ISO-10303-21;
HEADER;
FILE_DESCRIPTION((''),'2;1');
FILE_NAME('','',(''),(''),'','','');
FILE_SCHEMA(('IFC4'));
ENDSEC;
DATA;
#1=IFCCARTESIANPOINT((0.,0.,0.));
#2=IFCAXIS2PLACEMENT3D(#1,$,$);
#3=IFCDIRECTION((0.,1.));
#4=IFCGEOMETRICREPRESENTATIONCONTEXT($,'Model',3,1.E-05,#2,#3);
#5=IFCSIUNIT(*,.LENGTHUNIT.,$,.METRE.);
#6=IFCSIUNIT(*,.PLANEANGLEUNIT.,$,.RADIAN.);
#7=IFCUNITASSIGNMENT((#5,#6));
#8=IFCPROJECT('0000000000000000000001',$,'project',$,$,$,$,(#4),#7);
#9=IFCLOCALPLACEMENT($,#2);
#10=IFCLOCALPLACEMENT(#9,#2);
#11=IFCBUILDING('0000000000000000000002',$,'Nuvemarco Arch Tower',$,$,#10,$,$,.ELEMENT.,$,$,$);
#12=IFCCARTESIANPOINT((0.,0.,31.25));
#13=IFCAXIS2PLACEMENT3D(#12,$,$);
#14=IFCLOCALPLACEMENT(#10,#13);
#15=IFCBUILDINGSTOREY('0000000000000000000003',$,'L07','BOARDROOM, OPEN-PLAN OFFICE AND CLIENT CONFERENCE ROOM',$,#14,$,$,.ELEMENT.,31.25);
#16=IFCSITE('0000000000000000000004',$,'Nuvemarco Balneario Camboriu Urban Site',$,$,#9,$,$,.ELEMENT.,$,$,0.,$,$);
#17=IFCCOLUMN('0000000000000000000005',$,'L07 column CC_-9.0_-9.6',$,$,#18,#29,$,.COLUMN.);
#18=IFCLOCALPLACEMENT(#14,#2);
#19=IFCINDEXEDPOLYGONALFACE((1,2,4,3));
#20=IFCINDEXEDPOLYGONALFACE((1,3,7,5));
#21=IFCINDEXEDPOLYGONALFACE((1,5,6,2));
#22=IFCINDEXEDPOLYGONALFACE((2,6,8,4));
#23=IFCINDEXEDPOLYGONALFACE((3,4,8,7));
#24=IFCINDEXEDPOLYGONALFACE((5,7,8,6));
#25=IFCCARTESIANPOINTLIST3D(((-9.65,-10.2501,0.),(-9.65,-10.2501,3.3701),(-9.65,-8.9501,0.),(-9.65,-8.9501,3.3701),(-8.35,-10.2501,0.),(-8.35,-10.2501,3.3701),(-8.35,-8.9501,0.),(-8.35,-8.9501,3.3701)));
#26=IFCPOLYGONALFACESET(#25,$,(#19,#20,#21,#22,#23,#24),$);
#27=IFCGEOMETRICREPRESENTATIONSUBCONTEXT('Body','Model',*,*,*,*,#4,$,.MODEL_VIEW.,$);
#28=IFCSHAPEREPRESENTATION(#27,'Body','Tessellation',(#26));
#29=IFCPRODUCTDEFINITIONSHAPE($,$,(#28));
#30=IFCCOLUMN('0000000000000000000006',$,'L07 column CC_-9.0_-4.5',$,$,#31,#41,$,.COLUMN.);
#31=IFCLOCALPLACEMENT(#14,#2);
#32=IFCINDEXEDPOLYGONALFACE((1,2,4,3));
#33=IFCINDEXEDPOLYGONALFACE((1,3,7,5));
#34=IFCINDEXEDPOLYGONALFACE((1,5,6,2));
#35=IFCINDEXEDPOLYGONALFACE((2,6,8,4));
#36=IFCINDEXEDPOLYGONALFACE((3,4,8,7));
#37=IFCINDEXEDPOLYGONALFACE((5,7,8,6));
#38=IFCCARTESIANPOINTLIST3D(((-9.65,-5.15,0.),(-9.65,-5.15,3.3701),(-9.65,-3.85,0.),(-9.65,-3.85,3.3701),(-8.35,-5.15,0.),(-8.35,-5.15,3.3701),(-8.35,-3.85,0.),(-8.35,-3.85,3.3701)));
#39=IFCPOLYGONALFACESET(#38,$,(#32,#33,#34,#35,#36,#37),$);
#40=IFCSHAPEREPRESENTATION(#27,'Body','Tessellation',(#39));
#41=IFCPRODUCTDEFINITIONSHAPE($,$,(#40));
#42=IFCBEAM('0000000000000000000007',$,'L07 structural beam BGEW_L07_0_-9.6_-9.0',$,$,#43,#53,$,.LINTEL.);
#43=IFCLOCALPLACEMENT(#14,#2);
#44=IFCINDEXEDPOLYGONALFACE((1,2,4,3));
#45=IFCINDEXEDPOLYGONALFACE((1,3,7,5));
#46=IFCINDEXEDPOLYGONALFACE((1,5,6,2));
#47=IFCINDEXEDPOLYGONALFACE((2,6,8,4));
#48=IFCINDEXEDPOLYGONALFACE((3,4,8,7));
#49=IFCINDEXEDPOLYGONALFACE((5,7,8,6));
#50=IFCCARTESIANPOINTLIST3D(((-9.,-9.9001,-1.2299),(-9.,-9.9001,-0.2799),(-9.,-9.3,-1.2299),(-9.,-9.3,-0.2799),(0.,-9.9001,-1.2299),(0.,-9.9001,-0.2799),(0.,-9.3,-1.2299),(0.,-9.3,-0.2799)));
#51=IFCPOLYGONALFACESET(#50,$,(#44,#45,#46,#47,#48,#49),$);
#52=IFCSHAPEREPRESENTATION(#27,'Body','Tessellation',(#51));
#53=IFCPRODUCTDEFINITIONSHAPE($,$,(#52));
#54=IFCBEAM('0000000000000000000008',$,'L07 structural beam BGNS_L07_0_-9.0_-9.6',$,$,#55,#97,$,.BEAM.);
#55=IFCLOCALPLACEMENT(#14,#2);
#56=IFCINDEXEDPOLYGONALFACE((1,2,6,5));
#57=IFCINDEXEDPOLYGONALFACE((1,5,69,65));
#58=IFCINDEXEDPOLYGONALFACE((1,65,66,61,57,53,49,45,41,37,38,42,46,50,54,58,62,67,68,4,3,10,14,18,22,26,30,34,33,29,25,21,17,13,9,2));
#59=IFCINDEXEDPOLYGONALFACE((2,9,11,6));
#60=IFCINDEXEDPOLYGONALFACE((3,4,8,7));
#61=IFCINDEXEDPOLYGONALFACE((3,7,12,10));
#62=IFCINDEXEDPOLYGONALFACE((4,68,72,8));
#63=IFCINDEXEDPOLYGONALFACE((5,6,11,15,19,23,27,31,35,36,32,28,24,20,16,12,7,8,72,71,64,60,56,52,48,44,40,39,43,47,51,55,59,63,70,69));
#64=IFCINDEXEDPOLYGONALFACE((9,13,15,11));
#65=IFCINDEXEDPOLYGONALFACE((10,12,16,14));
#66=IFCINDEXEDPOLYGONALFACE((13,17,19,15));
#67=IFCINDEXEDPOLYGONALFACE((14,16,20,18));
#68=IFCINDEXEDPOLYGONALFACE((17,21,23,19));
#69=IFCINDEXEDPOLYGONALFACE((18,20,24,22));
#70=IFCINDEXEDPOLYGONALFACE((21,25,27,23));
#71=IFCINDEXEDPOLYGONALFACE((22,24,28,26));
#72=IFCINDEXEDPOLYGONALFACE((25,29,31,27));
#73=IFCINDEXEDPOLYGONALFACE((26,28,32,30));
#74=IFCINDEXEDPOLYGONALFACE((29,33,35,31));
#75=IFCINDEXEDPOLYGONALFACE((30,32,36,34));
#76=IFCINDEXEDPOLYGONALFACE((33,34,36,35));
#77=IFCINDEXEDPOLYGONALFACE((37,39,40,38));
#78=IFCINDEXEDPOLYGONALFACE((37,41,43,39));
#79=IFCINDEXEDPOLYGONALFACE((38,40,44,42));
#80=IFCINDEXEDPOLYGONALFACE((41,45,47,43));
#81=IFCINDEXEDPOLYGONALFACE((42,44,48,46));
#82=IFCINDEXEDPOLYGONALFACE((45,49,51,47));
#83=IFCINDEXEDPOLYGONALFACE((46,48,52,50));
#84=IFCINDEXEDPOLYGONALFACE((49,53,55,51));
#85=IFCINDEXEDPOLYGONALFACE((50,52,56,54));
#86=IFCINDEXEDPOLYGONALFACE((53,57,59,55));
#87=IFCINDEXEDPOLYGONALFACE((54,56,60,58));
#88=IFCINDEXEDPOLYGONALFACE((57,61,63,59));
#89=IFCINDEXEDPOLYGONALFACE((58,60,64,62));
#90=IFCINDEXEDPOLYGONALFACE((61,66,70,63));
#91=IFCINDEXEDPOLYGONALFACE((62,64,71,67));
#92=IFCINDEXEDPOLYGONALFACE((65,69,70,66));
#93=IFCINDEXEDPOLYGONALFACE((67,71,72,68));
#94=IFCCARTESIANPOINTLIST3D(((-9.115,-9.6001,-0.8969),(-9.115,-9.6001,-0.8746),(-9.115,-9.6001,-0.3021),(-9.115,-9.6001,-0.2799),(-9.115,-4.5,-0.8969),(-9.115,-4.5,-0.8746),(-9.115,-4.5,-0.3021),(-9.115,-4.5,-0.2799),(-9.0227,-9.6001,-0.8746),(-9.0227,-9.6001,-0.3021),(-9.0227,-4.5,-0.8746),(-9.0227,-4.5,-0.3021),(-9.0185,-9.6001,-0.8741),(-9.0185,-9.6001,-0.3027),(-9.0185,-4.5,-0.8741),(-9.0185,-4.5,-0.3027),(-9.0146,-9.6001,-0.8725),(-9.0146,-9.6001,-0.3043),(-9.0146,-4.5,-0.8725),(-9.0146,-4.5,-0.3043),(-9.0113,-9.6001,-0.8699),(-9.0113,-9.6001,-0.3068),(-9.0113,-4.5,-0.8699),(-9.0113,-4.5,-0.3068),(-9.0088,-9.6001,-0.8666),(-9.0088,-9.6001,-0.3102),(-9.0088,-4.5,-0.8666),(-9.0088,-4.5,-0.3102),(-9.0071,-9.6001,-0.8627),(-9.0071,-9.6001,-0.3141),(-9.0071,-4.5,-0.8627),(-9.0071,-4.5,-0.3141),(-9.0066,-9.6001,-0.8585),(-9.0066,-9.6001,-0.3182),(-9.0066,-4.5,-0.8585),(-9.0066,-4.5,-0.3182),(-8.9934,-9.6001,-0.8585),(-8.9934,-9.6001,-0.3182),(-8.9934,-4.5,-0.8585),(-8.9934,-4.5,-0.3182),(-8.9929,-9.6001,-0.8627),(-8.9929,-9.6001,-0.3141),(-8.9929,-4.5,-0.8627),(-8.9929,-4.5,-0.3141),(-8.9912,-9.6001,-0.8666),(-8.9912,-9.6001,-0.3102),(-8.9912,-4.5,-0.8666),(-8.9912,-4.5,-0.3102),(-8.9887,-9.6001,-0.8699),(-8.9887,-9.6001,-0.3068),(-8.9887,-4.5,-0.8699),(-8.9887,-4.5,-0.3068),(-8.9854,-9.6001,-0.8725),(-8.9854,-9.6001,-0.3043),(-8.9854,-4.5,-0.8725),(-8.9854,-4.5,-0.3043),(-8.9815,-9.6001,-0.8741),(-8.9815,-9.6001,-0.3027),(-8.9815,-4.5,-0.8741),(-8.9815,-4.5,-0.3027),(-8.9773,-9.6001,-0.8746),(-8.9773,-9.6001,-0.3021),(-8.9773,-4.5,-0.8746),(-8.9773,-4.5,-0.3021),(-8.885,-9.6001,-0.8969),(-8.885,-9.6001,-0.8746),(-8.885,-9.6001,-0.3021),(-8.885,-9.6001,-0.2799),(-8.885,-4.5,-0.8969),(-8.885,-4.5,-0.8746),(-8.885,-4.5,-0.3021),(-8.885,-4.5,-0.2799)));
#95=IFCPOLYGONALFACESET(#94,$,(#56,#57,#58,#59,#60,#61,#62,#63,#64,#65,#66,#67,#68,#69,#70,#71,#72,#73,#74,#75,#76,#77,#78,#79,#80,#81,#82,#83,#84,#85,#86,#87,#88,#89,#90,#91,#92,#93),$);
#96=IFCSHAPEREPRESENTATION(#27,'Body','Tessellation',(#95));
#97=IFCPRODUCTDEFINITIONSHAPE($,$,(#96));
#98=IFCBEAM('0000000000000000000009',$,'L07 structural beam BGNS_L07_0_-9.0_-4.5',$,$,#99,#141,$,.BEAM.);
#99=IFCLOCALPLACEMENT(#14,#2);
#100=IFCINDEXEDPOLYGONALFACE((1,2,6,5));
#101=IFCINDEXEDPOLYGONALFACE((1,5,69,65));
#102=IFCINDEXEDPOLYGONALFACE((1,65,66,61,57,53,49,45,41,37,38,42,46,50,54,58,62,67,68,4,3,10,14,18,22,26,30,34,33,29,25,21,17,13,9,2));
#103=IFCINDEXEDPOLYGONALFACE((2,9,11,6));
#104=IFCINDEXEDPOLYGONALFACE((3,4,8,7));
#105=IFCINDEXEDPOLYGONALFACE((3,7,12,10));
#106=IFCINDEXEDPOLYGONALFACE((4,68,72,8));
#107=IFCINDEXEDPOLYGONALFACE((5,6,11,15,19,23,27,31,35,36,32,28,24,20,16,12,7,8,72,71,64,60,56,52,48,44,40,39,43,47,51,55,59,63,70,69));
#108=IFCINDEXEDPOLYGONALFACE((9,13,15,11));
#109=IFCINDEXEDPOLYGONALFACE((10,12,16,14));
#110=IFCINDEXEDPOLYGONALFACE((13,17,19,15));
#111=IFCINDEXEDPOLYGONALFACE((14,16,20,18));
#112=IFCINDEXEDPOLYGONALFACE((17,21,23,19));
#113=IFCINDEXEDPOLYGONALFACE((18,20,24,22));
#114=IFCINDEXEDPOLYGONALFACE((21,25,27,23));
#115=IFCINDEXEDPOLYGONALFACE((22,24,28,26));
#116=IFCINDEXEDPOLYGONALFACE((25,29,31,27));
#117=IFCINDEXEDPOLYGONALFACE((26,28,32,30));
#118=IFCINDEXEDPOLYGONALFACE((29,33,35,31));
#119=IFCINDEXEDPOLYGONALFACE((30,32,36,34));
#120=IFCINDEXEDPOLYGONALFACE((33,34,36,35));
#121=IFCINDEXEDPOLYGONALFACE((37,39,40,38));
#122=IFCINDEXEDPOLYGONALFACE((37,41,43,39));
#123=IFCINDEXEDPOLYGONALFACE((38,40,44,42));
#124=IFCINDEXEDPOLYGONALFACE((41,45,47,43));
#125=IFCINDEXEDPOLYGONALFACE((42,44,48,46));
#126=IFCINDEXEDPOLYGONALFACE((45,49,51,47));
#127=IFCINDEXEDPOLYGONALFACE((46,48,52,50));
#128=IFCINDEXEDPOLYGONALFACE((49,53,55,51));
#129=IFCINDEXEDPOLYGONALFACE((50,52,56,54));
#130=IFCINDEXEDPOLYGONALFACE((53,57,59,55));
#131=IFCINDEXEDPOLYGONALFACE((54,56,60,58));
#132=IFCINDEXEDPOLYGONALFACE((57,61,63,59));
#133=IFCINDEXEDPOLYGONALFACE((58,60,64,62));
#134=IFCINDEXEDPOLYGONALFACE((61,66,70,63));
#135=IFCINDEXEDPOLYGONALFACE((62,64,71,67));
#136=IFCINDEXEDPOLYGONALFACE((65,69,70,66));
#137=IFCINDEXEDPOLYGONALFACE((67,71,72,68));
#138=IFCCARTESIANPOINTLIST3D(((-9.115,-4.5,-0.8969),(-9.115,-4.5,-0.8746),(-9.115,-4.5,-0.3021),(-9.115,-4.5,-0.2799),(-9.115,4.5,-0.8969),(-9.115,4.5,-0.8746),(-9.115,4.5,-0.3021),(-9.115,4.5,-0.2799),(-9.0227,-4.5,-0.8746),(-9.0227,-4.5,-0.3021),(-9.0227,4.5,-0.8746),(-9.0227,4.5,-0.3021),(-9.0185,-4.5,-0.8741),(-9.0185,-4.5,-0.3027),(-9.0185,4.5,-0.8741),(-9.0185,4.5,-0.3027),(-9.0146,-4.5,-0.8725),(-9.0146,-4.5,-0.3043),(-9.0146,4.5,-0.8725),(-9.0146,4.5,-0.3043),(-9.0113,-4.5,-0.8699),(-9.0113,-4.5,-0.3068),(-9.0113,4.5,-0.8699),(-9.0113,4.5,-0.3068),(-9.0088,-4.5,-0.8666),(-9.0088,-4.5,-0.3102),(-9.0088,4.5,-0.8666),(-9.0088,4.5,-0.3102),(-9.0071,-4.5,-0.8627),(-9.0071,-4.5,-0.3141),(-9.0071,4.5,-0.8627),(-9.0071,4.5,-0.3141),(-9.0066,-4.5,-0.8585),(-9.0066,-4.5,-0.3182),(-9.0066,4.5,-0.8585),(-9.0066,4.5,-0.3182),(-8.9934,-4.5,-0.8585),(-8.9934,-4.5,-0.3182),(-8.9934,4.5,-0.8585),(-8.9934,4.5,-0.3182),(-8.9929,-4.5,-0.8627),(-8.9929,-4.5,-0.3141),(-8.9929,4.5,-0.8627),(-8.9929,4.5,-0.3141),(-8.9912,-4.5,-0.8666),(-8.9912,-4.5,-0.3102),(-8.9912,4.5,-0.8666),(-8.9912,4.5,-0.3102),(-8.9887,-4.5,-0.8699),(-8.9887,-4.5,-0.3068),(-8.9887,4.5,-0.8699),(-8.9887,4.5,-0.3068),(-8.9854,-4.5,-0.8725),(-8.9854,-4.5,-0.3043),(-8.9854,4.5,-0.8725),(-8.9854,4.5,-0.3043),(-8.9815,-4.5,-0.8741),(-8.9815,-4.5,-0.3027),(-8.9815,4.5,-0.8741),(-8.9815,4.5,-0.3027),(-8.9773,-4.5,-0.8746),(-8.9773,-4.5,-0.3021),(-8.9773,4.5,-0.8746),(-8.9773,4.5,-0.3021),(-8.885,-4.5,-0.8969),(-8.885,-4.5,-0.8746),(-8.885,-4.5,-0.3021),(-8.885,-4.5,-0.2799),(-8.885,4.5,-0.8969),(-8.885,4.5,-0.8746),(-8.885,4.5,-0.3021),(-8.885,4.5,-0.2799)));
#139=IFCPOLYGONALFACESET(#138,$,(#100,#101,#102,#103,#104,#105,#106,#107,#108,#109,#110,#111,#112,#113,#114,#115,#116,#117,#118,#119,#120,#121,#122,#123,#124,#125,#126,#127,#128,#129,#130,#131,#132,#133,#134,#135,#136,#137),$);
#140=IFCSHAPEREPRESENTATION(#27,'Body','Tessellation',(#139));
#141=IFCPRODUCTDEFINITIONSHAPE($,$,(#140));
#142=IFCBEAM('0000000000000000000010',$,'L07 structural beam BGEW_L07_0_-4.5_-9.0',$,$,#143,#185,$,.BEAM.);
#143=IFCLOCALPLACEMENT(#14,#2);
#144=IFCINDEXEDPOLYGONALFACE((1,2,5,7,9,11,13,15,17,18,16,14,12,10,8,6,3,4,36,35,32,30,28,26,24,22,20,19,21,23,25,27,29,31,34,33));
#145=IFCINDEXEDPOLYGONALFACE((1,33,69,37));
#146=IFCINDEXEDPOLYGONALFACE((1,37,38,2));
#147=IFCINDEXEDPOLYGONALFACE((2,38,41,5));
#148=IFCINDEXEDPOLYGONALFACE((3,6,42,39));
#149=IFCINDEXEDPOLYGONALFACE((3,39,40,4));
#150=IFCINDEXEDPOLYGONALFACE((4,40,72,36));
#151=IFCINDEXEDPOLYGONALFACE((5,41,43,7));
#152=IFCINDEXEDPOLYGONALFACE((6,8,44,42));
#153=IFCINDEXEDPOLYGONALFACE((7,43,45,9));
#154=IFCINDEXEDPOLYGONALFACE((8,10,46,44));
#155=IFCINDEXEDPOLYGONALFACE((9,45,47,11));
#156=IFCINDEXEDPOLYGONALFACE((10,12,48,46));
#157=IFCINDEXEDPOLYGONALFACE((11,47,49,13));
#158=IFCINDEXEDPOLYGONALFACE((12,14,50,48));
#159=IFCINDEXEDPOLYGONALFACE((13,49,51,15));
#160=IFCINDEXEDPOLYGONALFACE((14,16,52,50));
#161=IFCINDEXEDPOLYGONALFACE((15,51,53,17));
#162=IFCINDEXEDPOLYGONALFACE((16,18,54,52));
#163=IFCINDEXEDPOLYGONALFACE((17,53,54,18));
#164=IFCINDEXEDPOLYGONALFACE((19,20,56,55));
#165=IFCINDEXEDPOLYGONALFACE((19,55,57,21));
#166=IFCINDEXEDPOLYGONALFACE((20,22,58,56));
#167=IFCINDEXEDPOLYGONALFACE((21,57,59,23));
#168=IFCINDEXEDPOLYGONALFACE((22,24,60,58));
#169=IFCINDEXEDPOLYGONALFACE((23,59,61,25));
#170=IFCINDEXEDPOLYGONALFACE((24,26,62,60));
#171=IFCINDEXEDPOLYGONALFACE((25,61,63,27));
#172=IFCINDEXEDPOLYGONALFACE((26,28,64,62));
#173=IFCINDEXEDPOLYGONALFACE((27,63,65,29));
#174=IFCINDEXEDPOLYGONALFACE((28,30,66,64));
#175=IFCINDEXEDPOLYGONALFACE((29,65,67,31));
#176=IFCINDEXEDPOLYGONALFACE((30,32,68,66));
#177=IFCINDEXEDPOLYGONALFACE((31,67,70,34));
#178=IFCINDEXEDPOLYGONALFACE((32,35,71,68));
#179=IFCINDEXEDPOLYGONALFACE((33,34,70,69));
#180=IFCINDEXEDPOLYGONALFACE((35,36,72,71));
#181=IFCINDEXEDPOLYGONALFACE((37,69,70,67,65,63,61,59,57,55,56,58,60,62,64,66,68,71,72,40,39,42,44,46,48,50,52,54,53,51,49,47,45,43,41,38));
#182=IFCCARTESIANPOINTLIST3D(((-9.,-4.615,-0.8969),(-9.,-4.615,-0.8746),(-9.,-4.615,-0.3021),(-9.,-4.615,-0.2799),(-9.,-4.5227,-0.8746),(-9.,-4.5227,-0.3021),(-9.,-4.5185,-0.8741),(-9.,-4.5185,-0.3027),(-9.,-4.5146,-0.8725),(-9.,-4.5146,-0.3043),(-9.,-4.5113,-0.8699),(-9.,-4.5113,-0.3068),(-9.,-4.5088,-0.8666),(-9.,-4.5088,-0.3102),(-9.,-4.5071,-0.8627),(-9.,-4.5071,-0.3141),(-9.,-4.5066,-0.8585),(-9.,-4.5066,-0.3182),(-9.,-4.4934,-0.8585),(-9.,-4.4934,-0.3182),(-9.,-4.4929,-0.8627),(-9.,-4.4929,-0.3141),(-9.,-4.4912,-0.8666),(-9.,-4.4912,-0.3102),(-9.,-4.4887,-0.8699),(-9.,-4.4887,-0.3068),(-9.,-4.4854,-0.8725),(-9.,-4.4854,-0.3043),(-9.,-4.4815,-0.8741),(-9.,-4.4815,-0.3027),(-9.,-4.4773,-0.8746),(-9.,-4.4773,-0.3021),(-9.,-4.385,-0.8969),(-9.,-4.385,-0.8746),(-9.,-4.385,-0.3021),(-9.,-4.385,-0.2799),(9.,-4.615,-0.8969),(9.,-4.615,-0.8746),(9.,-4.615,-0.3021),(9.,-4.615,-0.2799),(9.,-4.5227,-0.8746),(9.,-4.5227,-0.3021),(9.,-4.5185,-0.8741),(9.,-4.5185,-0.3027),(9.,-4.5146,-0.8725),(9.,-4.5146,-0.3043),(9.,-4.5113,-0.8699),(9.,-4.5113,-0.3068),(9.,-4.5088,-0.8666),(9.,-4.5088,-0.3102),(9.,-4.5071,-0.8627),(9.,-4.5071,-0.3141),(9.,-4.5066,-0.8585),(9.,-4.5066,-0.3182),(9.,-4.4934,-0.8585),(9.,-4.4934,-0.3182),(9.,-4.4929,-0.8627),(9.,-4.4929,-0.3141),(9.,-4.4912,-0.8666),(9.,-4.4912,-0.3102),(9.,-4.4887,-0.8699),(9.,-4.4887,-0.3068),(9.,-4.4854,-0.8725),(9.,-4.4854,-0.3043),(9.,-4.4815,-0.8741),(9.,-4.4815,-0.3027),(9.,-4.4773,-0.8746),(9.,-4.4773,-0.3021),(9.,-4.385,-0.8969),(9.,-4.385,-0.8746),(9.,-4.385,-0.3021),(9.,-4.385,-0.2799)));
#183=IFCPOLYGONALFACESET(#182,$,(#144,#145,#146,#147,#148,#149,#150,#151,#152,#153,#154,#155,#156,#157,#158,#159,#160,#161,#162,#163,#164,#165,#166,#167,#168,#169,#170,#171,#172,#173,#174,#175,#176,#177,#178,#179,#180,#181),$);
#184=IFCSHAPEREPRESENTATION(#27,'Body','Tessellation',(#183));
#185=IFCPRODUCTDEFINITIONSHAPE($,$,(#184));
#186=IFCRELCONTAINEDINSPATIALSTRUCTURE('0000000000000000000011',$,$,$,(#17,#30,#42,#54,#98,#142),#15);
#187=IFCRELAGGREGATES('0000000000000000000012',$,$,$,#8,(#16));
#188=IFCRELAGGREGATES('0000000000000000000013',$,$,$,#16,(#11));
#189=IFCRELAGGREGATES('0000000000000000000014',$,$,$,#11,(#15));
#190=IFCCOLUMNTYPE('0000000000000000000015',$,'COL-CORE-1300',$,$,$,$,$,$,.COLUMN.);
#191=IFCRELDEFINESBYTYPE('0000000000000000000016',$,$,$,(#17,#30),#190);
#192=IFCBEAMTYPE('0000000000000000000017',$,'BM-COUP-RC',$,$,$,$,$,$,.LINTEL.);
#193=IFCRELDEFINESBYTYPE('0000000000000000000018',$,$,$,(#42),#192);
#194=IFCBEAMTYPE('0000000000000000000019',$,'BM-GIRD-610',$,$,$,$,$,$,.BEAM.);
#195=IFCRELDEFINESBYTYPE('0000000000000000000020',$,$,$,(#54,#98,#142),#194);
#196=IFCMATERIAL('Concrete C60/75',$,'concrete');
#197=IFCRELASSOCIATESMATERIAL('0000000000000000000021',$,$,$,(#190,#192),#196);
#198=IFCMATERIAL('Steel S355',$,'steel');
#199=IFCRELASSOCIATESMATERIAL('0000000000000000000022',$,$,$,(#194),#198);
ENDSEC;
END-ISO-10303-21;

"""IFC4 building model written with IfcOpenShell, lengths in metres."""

from ifc_helpers import new_model, si_unit, direction, frame, origin, origin_2d, place, context, subcontext, project, spatial, rectangle, i_section, extrude, material, material_profile, profile_set, type_object, element, save


model = new_model("IFC4")

# Units and contexts
model_context = context("Model", 3, precision=1e-05, world=origin(), true_north=direction((0.0, 1.0)))
body_context = subcontext(model_context, "Body", "Model", "MODEL_VIEW")
ifc_project = project(units=[si_unit("LENGTHUNIT", "METRE"), si_unit("PLANEANGLEUNIT", "RADIAN")], contexts=[model_context])

# Site, building, storey
site_placement = place(None, origin())
site = spatial("IfcSite", under=ifc_project, at=site_placement, Name="Nuvemarco Balneario Camboriu Urban Site", CompositionType="ELEMENT", RefElevation=0.0)
building_placement = place(site_placement, origin())
building = spatial("IfcBuilding", under=site, at=building_placement, Name="Nuvemarco Arch Tower", CompositionType="ELEMENT")
storey_placement = place(building_placement, frame((0.0, 0.0, 31.25)))
storey = spatial("IfcBuildingStorey", under=building, at=storey_placement, Name="L07", Description="BOARDROOM, OPEN-PLAN OFFICE AND CLIENT CONFERENCE ROOM", CompositionType="ELEMENT", Elevation=31.25)

# Columns
ifc_material_1 = material(Name="Concrete C60/75", Category="concrete")
ifc_material_profile_1 = material_profile(ifc_material_1, rectangle(XDim=1.3, YDim=1.3, at=origin_2d()), Name="RC-COL-1300x1300")
ifc_profile_set_1 = profile_set([ifc_material_profile_1], Name="Concrete C60/75")
column_type = type_object("IfcColumnType", Name="COL-CORE-1300", PredefinedType="COLUMN", material=ifc_profile_set_1)
for number, where, z_axis, x_axis, name in (
    (1, (-9.0, -9.6001, 0.0), (0.0, 0.0, 1.0), (1.0, 0.0, 0.0), "L07 column CC_-9.0_-9.6"),
    (2, (-9.0, -4.5, 0.0), (0.0, 0.0, 1.0), (1.0, 0.0, 0.0), "L07 column CC_-9.0_-4.5"),
):
    element("IfcColumn", number, at=place(storey_placement, frame(where, z_axis=z_axis, x_axis=x_axis)), inside=storey, type_object=column_type, Name=name, PredefinedType="COLUMN", context=body_context, shape_type="SweptSolid", body=[
        extrude(rectangle(XDim=1.3, YDim=1.3, at=origin_2d()), origin(), (0.0, 0.0, 1.0), 3.3701),
    ])

# Beams
ifc_material_profile_2 = material_profile(ifc_material_1, rectangle(XDim=0.6001, YDim=0.95, at=origin_2d()), Name="RC-BM-600x950")
ifc_profile_set_2 = profile_set([ifc_material_profile_2], Name="Concrete C60/75")
beam_type_1 = type_object("IfcBeamType", Name="BM-COUP-RC", PredefinedType="LINTEL", material=ifc_profile_set_2)
beam_1_placement = place(storey_placement, frame((-9.0, -9.6001, -0.7549), z_axis=(1.0, 0.0, 0.0), x_axis=(0.0, 1.0, 0.0)))
element("IfcBeam", 3, at=beam_1_placement, inside=storey, type_object=beam_type_1, Name="L07 structural beam BGEW_L07_0_-9.6_-9.0", PredefinedType="LINTEL", context=body_context, shape_type="SweptSolid", body=[
    extrude(rectangle(XDim=0.6001, YDim=0.95, at=origin_2d()), origin(), (0.0, 0.0, 1.0), 9.0),
])
ifc_material_2 = material(Name="Steel S355", Category="steel")
ifc_material_profile_3 = material_profile(ifc_material_2, i_section(OverallWidth=0.23, OverallDepth=0.6169, WebThickness=0.0132, FlangeThickness=0.0222, FilletRadius=0.0161, at=origin_2d()), Name="W610x140")
ifc_profile_set_3 = profile_set([ifc_material_profile_3], Name="Steel S355")
beam_type_2 = type_object("IfcBeamType", Name="BM-GIRD-610", PredefinedType="BEAM", material=ifc_profile_set_3)
beam_2_placement = place(storey_placement, frame((-9.0, -9.6001, -0.5884), z_axis=(0.0, 1.0, 0.0), x_axis=(-1.0, 0.0, 0.0)))
element("IfcBeam", 4, at=beam_2_placement, inside=storey, type_object=beam_type_2, Name="L07 structural beam BGNS_L07_0_-9.0_-9.6", PredefinedType="BEAM", context=body_context, shape_type="SweptSolid", body=[
    extrude(i_section(OverallWidth=0.23, OverallDepth=0.6169, WebThickness=0.0132, FlangeThickness=0.0222, FilletRadius=0.0161, at=origin_2d()), origin(), (0.0, 0.0, 1.0), 5.1001),
])
beam_3_placement = place(storey_placement, frame((-9.0, -4.5, -0.5884), z_axis=(0.0, 1.0, 0.0), x_axis=(-1.0, 0.0, 0.0)))
element("IfcBeam", 5, at=beam_3_placement, inside=storey, type_object=beam_type_2, Name="L07 structural beam BGNS_L07_0_-9.0_-4.5", PredefinedType="BEAM", context=body_context, shape_type="SweptSolid", body=[
    extrude(i_section(OverallWidth=0.23, OverallDepth=0.6169, WebThickness=0.0132, FlangeThickness=0.0222, FilletRadius=0.0161, at=origin_2d()), origin(), (0.0, 0.0, 1.0), 9.0),
])
beam_4_placement = place(storey_placement, frame((-9.0, -4.5, -0.5884), z_axis=(1.0, 0.0, 0.0), x_axis=(0.0, 1.0, 0.0)))
element("IfcBeam", 6, at=beam_4_placement, inside=storey, type_object=beam_type_2, Name="L07 structural beam BGEW_L07_0_-4.5_-9.0", PredefinedType="BEAM", context=body_context, shape_type="SweptSolid", body=[
    extrude(i_section(OverallWidth=0.23, OverallDepth=0.6169, WebThickness=0.0132, FlangeThickness=0.0222, FilletRadius=0.0161, at=origin_2d()), origin(), (0.0, 0.0, 1.0), 18.0),
])

save(model, "model.ifc")
